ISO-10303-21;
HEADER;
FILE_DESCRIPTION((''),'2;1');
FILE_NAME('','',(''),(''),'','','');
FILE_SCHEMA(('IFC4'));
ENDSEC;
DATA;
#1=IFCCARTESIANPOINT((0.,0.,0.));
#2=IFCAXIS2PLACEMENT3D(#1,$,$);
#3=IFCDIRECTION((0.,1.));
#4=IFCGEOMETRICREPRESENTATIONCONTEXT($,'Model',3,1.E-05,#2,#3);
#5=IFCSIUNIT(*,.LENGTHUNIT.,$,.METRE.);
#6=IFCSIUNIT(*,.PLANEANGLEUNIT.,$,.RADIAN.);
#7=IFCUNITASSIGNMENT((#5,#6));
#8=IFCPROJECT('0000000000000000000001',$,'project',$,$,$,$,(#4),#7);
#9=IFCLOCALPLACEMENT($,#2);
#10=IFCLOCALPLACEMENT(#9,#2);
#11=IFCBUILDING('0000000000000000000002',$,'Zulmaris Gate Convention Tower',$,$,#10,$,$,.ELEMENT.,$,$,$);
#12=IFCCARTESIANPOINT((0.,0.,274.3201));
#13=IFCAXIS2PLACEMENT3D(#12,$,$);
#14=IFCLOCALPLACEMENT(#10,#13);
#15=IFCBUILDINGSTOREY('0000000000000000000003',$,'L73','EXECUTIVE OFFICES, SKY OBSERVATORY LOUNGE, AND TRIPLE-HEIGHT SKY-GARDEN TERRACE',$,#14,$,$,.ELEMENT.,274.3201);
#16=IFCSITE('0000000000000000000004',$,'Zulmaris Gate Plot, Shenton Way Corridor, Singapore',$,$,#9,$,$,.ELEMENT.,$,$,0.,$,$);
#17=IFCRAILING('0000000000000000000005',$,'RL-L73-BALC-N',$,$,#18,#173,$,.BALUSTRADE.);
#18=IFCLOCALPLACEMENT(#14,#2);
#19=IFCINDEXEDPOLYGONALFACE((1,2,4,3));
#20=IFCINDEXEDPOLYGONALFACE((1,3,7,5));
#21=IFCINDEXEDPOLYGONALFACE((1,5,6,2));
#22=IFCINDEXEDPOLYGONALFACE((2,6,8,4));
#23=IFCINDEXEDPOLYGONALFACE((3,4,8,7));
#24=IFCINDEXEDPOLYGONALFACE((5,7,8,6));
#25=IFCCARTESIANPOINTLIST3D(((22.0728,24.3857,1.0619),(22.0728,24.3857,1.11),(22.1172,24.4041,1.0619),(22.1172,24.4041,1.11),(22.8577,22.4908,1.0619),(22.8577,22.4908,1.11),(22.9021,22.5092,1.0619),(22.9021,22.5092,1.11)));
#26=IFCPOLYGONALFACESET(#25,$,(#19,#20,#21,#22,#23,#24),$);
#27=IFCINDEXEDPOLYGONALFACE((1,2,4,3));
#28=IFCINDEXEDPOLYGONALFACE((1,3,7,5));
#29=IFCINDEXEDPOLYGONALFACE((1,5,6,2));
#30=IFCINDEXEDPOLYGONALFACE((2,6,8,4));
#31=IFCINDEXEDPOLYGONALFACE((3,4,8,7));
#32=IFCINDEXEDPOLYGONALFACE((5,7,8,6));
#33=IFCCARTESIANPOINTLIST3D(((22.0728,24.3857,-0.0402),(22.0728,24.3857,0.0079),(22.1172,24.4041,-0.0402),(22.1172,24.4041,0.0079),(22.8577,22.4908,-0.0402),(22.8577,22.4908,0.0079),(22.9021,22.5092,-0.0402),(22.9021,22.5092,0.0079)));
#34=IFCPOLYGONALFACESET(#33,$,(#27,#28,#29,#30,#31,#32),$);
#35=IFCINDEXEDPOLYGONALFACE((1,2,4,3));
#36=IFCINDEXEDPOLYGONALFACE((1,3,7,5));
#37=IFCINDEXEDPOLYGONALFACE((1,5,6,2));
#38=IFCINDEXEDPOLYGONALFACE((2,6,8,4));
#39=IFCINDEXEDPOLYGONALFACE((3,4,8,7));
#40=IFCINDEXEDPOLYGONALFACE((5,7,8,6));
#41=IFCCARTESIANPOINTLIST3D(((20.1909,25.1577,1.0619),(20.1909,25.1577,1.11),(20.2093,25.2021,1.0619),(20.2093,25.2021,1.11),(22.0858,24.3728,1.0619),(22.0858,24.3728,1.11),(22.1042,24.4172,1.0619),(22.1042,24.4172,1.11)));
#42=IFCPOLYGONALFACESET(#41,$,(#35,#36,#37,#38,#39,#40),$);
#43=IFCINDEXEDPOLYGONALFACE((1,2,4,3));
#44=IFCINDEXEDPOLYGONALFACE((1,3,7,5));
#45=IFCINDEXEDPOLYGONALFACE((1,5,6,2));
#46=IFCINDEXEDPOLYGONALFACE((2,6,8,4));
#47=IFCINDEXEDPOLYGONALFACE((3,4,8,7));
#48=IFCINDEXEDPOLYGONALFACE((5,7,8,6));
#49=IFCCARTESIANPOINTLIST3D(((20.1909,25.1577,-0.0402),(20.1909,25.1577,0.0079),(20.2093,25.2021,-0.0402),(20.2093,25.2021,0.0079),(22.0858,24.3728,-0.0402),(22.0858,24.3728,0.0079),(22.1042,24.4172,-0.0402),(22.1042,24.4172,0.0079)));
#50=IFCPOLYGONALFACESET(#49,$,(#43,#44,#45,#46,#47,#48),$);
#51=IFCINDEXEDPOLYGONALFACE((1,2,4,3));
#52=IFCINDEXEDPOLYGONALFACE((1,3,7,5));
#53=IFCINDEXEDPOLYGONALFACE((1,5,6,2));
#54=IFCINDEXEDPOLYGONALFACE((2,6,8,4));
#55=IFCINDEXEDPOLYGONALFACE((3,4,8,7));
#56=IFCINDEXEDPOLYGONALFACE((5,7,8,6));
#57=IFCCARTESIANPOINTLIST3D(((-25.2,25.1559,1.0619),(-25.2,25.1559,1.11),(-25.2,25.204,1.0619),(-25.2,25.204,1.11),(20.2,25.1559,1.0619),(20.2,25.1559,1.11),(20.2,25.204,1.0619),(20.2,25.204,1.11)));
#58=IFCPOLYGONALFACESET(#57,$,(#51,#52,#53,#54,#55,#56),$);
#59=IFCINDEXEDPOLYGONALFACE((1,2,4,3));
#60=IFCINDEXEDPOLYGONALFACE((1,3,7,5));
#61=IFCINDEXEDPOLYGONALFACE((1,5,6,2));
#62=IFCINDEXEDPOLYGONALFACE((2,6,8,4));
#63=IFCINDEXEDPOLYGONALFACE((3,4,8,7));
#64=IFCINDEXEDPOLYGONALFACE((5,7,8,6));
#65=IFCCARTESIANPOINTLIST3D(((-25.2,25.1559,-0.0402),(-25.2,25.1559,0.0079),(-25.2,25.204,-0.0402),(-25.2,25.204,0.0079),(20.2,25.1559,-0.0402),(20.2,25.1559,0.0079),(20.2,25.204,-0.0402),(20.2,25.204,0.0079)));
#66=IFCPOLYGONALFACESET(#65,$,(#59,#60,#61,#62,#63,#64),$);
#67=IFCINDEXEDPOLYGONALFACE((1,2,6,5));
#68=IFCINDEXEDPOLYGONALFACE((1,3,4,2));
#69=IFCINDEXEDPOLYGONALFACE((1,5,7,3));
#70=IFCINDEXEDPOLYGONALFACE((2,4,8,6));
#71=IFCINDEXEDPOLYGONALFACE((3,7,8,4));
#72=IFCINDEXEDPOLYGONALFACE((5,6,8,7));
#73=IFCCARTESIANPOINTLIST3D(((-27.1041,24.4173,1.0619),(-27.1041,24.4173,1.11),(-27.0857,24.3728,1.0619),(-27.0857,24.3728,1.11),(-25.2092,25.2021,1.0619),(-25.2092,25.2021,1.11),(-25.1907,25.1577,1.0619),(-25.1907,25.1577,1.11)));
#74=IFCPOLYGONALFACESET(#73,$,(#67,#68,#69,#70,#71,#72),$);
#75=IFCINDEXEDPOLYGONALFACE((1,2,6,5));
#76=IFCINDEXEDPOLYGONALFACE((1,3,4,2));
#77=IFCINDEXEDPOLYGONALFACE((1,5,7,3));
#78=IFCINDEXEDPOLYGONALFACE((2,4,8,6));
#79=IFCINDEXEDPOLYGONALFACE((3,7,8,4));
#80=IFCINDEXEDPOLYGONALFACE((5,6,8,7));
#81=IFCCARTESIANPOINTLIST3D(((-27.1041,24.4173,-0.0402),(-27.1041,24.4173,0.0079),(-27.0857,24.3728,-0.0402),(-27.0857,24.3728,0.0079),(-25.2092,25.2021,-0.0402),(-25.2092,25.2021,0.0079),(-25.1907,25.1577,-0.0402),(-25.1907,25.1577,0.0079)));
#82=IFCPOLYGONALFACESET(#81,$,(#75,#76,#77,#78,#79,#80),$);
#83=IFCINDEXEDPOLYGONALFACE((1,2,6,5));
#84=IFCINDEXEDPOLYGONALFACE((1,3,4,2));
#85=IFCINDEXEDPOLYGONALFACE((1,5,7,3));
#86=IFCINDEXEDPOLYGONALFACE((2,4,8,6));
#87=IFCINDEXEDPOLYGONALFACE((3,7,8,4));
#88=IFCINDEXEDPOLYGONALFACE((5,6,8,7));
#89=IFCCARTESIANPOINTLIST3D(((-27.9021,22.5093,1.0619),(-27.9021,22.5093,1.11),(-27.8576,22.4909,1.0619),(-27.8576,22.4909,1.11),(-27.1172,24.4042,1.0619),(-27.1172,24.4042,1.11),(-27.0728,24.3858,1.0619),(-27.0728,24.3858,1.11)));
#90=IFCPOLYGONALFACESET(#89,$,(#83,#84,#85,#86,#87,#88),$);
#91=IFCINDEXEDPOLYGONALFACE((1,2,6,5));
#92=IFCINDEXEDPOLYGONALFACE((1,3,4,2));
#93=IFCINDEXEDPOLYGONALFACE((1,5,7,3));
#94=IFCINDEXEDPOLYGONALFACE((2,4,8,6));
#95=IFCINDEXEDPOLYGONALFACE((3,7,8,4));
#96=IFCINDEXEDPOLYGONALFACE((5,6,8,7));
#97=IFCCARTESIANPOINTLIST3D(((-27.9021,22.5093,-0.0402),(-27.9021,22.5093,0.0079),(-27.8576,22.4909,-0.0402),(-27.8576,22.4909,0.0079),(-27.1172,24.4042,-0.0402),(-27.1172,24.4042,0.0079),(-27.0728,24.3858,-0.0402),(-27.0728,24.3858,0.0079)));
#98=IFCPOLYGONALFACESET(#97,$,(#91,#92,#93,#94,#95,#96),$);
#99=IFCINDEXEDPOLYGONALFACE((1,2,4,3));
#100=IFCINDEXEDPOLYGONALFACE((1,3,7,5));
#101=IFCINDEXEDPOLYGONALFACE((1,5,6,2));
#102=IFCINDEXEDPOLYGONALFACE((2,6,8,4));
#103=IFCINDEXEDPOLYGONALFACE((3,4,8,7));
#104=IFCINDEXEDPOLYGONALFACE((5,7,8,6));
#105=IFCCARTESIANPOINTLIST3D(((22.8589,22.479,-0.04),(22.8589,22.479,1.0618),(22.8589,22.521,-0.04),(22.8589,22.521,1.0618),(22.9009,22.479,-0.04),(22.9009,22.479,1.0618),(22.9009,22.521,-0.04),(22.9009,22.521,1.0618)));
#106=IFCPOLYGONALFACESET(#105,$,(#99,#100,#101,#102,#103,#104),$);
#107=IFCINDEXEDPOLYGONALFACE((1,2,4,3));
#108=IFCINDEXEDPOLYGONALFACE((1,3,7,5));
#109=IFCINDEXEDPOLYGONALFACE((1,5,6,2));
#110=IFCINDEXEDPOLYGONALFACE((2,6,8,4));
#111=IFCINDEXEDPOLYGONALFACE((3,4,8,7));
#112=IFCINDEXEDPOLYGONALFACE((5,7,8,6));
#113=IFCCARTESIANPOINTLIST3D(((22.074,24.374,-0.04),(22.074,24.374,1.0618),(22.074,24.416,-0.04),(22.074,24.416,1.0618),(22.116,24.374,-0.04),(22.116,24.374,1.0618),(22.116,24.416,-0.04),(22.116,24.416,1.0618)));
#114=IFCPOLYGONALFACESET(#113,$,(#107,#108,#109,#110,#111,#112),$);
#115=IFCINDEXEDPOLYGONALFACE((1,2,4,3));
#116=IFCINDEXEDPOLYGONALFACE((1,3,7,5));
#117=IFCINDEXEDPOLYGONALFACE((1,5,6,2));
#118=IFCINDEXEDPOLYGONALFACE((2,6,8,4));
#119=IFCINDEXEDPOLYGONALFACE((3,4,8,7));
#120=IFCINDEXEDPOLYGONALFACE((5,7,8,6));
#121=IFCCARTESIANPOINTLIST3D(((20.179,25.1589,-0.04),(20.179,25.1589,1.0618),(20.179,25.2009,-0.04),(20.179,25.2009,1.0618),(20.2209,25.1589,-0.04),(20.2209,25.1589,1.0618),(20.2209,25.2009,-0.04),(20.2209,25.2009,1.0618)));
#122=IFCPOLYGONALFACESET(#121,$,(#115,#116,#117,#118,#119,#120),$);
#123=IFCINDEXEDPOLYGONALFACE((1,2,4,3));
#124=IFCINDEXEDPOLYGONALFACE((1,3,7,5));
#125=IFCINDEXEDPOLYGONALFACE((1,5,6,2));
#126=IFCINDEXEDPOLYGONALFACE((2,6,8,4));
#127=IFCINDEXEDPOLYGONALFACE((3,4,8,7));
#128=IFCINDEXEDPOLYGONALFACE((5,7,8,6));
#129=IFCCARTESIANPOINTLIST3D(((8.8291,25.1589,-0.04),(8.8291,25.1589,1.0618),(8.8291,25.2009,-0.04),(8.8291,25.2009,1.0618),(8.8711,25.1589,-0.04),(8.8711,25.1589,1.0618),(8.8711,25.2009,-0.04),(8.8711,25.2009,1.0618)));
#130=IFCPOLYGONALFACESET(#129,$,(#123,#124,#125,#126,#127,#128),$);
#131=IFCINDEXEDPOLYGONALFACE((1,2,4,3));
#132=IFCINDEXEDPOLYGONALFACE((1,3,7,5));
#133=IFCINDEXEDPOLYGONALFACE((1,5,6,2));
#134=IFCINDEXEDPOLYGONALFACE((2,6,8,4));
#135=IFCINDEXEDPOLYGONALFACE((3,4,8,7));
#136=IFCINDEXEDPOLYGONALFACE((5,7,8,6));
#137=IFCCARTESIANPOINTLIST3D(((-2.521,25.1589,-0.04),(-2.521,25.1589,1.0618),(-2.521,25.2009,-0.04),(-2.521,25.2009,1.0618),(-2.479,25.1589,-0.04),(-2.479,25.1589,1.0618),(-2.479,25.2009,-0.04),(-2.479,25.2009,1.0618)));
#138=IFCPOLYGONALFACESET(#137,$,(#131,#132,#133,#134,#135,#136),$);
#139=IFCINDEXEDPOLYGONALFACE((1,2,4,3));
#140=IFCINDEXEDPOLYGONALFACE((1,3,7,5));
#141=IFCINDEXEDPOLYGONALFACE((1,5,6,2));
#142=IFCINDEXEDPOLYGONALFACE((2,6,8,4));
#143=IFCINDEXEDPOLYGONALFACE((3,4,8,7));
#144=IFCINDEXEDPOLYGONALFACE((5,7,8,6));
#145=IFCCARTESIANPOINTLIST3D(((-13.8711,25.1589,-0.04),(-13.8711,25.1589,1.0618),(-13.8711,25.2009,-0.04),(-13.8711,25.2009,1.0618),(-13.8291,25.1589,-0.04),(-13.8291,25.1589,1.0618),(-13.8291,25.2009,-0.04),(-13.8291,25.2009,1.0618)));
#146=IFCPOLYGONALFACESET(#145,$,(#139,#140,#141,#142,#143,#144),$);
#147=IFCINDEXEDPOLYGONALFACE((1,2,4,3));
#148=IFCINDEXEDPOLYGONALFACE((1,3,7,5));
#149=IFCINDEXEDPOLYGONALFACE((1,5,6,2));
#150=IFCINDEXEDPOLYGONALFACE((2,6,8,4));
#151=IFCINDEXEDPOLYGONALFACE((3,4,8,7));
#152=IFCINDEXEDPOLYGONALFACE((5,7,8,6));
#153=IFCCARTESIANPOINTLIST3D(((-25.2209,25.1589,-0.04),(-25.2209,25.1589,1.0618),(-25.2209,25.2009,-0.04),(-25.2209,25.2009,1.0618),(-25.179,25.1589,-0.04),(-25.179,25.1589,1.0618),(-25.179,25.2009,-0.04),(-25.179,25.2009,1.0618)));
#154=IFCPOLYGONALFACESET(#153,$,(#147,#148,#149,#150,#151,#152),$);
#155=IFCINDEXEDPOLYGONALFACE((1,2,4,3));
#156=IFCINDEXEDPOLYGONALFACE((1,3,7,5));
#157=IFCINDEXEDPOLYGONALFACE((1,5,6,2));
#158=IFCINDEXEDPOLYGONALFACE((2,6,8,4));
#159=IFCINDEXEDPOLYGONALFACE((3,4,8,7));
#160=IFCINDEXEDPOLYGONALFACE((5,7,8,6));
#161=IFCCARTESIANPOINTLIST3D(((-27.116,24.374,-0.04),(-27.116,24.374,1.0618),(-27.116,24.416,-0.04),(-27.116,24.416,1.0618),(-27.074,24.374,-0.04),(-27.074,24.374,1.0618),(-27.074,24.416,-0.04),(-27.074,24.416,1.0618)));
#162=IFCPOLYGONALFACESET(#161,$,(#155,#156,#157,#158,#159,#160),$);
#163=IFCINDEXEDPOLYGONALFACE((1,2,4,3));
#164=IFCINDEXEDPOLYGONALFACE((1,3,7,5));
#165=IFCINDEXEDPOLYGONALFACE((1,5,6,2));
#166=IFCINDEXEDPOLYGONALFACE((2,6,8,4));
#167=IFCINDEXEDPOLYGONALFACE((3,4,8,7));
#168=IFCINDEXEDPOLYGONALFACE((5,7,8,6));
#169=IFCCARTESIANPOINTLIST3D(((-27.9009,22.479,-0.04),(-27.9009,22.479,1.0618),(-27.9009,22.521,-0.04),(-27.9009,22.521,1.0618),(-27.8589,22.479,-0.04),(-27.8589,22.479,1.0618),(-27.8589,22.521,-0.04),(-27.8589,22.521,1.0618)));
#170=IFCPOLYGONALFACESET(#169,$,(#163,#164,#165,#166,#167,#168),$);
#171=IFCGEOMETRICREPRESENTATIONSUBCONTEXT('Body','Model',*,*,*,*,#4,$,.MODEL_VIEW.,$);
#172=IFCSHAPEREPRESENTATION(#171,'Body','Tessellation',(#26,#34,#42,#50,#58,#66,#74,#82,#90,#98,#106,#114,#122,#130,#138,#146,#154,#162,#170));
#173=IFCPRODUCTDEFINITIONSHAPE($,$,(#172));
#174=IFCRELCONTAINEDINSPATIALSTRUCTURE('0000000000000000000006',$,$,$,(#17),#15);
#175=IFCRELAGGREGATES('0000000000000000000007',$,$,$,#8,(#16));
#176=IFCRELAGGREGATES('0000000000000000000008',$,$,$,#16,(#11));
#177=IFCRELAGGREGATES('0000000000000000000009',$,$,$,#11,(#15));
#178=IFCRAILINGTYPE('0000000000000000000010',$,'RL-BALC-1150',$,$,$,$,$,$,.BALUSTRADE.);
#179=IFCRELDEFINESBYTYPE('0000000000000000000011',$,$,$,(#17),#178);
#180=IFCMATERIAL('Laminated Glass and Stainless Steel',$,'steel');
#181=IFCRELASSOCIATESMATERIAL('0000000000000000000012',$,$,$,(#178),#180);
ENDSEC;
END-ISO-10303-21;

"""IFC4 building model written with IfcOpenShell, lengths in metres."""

from ifc_helpers import new_model, si_unit, direction, frame, origin, origin_2d, place, context, subcontext, project, spatial, rectangle, extrude, material, type_object, element, save


model = new_model("IFC4")

# Units and contexts
model_context = context("Model", 3, precision=1e-05, world=origin(), true_north=direction((0.0, 1.0)))
body_context = subcontext(model_context, "Body", "Model", "MODEL_VIEW")
ifc_project = project(units=[si_unit("LENGTHUNIT", "METRE"), si_unit("PLANEANGLEUNIT", "RADIAN")], contexts=[model_context])

# Site, building, storey
site_placement = place(None, origin())
site = spatial("IfcSite", under=ifc_project, at=site_placement, Name="Zulmaris Gate Plot, Shenton Way Corridor, Singapore", CompositionType="ELEMENT", RefElevation=0.0)
building_placement = place(site_placement, origin())
building = spatial("IfcBuilding", under=site, at=building_placement, Name="Zulmaris Gate Convention Tower", CompositionType="ELEMENT")
storey_placement = place(building_placement, frame((0.0, 0.0, 274.3201)))
storey = spatial("IfcBuildingStorey", under=building, at=storey_placement, Name="L73", Description="EXECUTIVE OFFICES, SKY OBSERVATORY LOUNGE, AND TRIPLE-HEIGHT SKY-GARDEN TERRACE", CompositionType="ELEMENT", Elevation=274.3201)

# Railing
ifc_material_1 = material(Name="Laminated Glass and Stainless Steel", Category="steel")
railing_type = type_object("IfcRailingType", Name="RL-BALC-1150", PredefinedType="BALUSTRADE", material=ifc_material_1)
railing_placement = place(storey_placement, frame((22.8799, 22.5, -0.04)))
element("IfcRailing", 1, at=railing_placement, inside=storey, type_object=railing_type, Name="RL-L73-BALC-N", PredefinedType="BALUSTRADE", context=body_context, shape_type="SweptSolid", body=[
    extrude(rectangle(XDim=0.0481, YDim=0.0481, at=origin_2d()), frame((0.0, 0.0, 1.126), z_axis=(-0.382671, 0.923885, 0.0), x_axis=(-0.923885, -0.382671, 0.0)), (0.0, 0.0, 1.0), 2.051),
    extrude(rectangle(XDim=0.0481, YDim=0.0481, at=origin_2d()), frame((0.0, 0.0, 0.0239), z_axis=(-0.382671, 0.923885, 0.0), x_axis=(-0.923885, -0.382671, 0.0)), (0.0, 0.0, 1.0), 2.051),
    extrude(rectangle(XDim=0.0481, YDim=0.0481, at=origin_2d()), frame((-0.7849, 1.895, 1.126), z_axis=(-0.923885, 0.382671, 0.0), x_axis=(-0.382671, -0.923885, 0.0)), (0.0, 0.0, 1.0), 2.051),
    extrude(rectangle(XDim=0.0481, YDim=0.0481, at=origin_2d()), frame((-0.7849, 1.895, 0.0239), z_axis=(-0.923885, 0.382671, 0.0), x_axis=(-0.382671, -0.923885, 0.0)), (0.0, 0.0, 1.0), 2.051),
    extrude(rectangle(XDim=0.0481, YDim=0.0481, at=origin_2d()), frame((-2.6799, 2.6799, 1.126), z_axis=(-1.0, 0.0, 0.0), x_axis=(0.0, -1.0, 0.0)), (0.0, 0.0, 1.0), 45.3999),
    extrude(rectangle(XDim=0.0481, YDim=0.0481, at=origin_2d()), frame((-2.6799, 2.6799, 0.0239), z_axis=(-1.0, 0.0, 0.0), x_axis=(0.0, -1.0, 0.0)), (0.0, 0.0, 1.0), 45.3999),
    extrude(rectangle(XDim=0.0481, YDim=0.0481, at=origin_2d()), frame((-48.0798, 2.6799, 1.126), z_axis=(-0.923885, -0.382671, 0.0), x_axis=(0.382671, -0.923885, 0.0)), (0.0, 0.0, 1.0), 2.051),
    extrude(rectangle(XDim=0.0481, YDim=0.0481, at=origin_2d()), frame((-48.0798, 2.6799, 0.0239), z_axis=(-0.923885, -0.382671, 0.0), x_axis=(0.382671, -0.923885, 0.0)), (0.0, 0.0, 1.0), 2.051),
    extrude(rectangle(XDim=0.0481, YDim=0.0481, at=origin_2d()), frame((-49.9749, 1.895, 1.126), z_axis=(-0.382671, -0.923885, 0.0), x_axis=(0.923885, -0.382671, 0.0)), (0.0, 0.0, 1.0), 2.051),
    extrude(rectangle(XDim=0.0481, YDim=0.0481, at=origin_2d()), frame((-49.9749, 1.895, 0.0239), z_axis=(-0.382671, -0.923885, 0.0), x_axis=(0.923885, -0.382671, 0.0)), (0.0, 0.0, 1.0), 2.051),
    extrude(rectangle(XDim=0.042, YDim=0.042, at=origin_2d()), origin(), (0.0, 0.0, 1.0), 1.1018),
    extrude(rectangle(XDim=0.042, YDim=0.042, at=origin_2d()), frame((-0.7849, 1.895, 0.0)), (0.0, 0.0, 1.0), 1.1018),
    extrude(rectangle(XDim=0.042, YDim=0.042, at=origin_2d()), frame((-2.6799, 2.6799, 0.0)), (0.0, 0.0, 1.0), 1.1018),
    extrude(rectangle(XDim=0.042, YDim=0.042, at=origin_2d()), frame((-14.0298, 2.6799, 0.0)), (0.0, 0.0, 1.0), 1.1018),
    extrude(rectangle(XDim=0.042, YDim=0.042, at=origin_2d()), frame((-25.3799, 2.6799, 0.0)), (0.0, 0.0, 1.0), 1.1018),
    extrude(rectangle(XDim=0.042, YDim=0.042, at=origin_2d()), frame((-36.73, 2.6799, 0.0)), (0.0, 0.0, 1.0), 1.1018),
    extrude(rectangle(XDim=0.042, YDim=0.042, at=origin_2d()), frame((-48.0798, 2.6799, 0.0)), (0.0, 0.0, 1.0), 1.1018),
    extrude(rectangle(XDim=0.042, YDim=0.042, at=origin_2d()), frame((-49.9749, 1.895, 0.0)), (0.0, 0.0, 1.0), 1.1018),
    extrude(rectangle(XDim=0.042, YDim=0.042, at=origin_2d()), frame((-50.7598, 0.0, 0.0)), (0.0, 0.0, 1.0), 1.1018),
])

save(model, "model.ifc")
